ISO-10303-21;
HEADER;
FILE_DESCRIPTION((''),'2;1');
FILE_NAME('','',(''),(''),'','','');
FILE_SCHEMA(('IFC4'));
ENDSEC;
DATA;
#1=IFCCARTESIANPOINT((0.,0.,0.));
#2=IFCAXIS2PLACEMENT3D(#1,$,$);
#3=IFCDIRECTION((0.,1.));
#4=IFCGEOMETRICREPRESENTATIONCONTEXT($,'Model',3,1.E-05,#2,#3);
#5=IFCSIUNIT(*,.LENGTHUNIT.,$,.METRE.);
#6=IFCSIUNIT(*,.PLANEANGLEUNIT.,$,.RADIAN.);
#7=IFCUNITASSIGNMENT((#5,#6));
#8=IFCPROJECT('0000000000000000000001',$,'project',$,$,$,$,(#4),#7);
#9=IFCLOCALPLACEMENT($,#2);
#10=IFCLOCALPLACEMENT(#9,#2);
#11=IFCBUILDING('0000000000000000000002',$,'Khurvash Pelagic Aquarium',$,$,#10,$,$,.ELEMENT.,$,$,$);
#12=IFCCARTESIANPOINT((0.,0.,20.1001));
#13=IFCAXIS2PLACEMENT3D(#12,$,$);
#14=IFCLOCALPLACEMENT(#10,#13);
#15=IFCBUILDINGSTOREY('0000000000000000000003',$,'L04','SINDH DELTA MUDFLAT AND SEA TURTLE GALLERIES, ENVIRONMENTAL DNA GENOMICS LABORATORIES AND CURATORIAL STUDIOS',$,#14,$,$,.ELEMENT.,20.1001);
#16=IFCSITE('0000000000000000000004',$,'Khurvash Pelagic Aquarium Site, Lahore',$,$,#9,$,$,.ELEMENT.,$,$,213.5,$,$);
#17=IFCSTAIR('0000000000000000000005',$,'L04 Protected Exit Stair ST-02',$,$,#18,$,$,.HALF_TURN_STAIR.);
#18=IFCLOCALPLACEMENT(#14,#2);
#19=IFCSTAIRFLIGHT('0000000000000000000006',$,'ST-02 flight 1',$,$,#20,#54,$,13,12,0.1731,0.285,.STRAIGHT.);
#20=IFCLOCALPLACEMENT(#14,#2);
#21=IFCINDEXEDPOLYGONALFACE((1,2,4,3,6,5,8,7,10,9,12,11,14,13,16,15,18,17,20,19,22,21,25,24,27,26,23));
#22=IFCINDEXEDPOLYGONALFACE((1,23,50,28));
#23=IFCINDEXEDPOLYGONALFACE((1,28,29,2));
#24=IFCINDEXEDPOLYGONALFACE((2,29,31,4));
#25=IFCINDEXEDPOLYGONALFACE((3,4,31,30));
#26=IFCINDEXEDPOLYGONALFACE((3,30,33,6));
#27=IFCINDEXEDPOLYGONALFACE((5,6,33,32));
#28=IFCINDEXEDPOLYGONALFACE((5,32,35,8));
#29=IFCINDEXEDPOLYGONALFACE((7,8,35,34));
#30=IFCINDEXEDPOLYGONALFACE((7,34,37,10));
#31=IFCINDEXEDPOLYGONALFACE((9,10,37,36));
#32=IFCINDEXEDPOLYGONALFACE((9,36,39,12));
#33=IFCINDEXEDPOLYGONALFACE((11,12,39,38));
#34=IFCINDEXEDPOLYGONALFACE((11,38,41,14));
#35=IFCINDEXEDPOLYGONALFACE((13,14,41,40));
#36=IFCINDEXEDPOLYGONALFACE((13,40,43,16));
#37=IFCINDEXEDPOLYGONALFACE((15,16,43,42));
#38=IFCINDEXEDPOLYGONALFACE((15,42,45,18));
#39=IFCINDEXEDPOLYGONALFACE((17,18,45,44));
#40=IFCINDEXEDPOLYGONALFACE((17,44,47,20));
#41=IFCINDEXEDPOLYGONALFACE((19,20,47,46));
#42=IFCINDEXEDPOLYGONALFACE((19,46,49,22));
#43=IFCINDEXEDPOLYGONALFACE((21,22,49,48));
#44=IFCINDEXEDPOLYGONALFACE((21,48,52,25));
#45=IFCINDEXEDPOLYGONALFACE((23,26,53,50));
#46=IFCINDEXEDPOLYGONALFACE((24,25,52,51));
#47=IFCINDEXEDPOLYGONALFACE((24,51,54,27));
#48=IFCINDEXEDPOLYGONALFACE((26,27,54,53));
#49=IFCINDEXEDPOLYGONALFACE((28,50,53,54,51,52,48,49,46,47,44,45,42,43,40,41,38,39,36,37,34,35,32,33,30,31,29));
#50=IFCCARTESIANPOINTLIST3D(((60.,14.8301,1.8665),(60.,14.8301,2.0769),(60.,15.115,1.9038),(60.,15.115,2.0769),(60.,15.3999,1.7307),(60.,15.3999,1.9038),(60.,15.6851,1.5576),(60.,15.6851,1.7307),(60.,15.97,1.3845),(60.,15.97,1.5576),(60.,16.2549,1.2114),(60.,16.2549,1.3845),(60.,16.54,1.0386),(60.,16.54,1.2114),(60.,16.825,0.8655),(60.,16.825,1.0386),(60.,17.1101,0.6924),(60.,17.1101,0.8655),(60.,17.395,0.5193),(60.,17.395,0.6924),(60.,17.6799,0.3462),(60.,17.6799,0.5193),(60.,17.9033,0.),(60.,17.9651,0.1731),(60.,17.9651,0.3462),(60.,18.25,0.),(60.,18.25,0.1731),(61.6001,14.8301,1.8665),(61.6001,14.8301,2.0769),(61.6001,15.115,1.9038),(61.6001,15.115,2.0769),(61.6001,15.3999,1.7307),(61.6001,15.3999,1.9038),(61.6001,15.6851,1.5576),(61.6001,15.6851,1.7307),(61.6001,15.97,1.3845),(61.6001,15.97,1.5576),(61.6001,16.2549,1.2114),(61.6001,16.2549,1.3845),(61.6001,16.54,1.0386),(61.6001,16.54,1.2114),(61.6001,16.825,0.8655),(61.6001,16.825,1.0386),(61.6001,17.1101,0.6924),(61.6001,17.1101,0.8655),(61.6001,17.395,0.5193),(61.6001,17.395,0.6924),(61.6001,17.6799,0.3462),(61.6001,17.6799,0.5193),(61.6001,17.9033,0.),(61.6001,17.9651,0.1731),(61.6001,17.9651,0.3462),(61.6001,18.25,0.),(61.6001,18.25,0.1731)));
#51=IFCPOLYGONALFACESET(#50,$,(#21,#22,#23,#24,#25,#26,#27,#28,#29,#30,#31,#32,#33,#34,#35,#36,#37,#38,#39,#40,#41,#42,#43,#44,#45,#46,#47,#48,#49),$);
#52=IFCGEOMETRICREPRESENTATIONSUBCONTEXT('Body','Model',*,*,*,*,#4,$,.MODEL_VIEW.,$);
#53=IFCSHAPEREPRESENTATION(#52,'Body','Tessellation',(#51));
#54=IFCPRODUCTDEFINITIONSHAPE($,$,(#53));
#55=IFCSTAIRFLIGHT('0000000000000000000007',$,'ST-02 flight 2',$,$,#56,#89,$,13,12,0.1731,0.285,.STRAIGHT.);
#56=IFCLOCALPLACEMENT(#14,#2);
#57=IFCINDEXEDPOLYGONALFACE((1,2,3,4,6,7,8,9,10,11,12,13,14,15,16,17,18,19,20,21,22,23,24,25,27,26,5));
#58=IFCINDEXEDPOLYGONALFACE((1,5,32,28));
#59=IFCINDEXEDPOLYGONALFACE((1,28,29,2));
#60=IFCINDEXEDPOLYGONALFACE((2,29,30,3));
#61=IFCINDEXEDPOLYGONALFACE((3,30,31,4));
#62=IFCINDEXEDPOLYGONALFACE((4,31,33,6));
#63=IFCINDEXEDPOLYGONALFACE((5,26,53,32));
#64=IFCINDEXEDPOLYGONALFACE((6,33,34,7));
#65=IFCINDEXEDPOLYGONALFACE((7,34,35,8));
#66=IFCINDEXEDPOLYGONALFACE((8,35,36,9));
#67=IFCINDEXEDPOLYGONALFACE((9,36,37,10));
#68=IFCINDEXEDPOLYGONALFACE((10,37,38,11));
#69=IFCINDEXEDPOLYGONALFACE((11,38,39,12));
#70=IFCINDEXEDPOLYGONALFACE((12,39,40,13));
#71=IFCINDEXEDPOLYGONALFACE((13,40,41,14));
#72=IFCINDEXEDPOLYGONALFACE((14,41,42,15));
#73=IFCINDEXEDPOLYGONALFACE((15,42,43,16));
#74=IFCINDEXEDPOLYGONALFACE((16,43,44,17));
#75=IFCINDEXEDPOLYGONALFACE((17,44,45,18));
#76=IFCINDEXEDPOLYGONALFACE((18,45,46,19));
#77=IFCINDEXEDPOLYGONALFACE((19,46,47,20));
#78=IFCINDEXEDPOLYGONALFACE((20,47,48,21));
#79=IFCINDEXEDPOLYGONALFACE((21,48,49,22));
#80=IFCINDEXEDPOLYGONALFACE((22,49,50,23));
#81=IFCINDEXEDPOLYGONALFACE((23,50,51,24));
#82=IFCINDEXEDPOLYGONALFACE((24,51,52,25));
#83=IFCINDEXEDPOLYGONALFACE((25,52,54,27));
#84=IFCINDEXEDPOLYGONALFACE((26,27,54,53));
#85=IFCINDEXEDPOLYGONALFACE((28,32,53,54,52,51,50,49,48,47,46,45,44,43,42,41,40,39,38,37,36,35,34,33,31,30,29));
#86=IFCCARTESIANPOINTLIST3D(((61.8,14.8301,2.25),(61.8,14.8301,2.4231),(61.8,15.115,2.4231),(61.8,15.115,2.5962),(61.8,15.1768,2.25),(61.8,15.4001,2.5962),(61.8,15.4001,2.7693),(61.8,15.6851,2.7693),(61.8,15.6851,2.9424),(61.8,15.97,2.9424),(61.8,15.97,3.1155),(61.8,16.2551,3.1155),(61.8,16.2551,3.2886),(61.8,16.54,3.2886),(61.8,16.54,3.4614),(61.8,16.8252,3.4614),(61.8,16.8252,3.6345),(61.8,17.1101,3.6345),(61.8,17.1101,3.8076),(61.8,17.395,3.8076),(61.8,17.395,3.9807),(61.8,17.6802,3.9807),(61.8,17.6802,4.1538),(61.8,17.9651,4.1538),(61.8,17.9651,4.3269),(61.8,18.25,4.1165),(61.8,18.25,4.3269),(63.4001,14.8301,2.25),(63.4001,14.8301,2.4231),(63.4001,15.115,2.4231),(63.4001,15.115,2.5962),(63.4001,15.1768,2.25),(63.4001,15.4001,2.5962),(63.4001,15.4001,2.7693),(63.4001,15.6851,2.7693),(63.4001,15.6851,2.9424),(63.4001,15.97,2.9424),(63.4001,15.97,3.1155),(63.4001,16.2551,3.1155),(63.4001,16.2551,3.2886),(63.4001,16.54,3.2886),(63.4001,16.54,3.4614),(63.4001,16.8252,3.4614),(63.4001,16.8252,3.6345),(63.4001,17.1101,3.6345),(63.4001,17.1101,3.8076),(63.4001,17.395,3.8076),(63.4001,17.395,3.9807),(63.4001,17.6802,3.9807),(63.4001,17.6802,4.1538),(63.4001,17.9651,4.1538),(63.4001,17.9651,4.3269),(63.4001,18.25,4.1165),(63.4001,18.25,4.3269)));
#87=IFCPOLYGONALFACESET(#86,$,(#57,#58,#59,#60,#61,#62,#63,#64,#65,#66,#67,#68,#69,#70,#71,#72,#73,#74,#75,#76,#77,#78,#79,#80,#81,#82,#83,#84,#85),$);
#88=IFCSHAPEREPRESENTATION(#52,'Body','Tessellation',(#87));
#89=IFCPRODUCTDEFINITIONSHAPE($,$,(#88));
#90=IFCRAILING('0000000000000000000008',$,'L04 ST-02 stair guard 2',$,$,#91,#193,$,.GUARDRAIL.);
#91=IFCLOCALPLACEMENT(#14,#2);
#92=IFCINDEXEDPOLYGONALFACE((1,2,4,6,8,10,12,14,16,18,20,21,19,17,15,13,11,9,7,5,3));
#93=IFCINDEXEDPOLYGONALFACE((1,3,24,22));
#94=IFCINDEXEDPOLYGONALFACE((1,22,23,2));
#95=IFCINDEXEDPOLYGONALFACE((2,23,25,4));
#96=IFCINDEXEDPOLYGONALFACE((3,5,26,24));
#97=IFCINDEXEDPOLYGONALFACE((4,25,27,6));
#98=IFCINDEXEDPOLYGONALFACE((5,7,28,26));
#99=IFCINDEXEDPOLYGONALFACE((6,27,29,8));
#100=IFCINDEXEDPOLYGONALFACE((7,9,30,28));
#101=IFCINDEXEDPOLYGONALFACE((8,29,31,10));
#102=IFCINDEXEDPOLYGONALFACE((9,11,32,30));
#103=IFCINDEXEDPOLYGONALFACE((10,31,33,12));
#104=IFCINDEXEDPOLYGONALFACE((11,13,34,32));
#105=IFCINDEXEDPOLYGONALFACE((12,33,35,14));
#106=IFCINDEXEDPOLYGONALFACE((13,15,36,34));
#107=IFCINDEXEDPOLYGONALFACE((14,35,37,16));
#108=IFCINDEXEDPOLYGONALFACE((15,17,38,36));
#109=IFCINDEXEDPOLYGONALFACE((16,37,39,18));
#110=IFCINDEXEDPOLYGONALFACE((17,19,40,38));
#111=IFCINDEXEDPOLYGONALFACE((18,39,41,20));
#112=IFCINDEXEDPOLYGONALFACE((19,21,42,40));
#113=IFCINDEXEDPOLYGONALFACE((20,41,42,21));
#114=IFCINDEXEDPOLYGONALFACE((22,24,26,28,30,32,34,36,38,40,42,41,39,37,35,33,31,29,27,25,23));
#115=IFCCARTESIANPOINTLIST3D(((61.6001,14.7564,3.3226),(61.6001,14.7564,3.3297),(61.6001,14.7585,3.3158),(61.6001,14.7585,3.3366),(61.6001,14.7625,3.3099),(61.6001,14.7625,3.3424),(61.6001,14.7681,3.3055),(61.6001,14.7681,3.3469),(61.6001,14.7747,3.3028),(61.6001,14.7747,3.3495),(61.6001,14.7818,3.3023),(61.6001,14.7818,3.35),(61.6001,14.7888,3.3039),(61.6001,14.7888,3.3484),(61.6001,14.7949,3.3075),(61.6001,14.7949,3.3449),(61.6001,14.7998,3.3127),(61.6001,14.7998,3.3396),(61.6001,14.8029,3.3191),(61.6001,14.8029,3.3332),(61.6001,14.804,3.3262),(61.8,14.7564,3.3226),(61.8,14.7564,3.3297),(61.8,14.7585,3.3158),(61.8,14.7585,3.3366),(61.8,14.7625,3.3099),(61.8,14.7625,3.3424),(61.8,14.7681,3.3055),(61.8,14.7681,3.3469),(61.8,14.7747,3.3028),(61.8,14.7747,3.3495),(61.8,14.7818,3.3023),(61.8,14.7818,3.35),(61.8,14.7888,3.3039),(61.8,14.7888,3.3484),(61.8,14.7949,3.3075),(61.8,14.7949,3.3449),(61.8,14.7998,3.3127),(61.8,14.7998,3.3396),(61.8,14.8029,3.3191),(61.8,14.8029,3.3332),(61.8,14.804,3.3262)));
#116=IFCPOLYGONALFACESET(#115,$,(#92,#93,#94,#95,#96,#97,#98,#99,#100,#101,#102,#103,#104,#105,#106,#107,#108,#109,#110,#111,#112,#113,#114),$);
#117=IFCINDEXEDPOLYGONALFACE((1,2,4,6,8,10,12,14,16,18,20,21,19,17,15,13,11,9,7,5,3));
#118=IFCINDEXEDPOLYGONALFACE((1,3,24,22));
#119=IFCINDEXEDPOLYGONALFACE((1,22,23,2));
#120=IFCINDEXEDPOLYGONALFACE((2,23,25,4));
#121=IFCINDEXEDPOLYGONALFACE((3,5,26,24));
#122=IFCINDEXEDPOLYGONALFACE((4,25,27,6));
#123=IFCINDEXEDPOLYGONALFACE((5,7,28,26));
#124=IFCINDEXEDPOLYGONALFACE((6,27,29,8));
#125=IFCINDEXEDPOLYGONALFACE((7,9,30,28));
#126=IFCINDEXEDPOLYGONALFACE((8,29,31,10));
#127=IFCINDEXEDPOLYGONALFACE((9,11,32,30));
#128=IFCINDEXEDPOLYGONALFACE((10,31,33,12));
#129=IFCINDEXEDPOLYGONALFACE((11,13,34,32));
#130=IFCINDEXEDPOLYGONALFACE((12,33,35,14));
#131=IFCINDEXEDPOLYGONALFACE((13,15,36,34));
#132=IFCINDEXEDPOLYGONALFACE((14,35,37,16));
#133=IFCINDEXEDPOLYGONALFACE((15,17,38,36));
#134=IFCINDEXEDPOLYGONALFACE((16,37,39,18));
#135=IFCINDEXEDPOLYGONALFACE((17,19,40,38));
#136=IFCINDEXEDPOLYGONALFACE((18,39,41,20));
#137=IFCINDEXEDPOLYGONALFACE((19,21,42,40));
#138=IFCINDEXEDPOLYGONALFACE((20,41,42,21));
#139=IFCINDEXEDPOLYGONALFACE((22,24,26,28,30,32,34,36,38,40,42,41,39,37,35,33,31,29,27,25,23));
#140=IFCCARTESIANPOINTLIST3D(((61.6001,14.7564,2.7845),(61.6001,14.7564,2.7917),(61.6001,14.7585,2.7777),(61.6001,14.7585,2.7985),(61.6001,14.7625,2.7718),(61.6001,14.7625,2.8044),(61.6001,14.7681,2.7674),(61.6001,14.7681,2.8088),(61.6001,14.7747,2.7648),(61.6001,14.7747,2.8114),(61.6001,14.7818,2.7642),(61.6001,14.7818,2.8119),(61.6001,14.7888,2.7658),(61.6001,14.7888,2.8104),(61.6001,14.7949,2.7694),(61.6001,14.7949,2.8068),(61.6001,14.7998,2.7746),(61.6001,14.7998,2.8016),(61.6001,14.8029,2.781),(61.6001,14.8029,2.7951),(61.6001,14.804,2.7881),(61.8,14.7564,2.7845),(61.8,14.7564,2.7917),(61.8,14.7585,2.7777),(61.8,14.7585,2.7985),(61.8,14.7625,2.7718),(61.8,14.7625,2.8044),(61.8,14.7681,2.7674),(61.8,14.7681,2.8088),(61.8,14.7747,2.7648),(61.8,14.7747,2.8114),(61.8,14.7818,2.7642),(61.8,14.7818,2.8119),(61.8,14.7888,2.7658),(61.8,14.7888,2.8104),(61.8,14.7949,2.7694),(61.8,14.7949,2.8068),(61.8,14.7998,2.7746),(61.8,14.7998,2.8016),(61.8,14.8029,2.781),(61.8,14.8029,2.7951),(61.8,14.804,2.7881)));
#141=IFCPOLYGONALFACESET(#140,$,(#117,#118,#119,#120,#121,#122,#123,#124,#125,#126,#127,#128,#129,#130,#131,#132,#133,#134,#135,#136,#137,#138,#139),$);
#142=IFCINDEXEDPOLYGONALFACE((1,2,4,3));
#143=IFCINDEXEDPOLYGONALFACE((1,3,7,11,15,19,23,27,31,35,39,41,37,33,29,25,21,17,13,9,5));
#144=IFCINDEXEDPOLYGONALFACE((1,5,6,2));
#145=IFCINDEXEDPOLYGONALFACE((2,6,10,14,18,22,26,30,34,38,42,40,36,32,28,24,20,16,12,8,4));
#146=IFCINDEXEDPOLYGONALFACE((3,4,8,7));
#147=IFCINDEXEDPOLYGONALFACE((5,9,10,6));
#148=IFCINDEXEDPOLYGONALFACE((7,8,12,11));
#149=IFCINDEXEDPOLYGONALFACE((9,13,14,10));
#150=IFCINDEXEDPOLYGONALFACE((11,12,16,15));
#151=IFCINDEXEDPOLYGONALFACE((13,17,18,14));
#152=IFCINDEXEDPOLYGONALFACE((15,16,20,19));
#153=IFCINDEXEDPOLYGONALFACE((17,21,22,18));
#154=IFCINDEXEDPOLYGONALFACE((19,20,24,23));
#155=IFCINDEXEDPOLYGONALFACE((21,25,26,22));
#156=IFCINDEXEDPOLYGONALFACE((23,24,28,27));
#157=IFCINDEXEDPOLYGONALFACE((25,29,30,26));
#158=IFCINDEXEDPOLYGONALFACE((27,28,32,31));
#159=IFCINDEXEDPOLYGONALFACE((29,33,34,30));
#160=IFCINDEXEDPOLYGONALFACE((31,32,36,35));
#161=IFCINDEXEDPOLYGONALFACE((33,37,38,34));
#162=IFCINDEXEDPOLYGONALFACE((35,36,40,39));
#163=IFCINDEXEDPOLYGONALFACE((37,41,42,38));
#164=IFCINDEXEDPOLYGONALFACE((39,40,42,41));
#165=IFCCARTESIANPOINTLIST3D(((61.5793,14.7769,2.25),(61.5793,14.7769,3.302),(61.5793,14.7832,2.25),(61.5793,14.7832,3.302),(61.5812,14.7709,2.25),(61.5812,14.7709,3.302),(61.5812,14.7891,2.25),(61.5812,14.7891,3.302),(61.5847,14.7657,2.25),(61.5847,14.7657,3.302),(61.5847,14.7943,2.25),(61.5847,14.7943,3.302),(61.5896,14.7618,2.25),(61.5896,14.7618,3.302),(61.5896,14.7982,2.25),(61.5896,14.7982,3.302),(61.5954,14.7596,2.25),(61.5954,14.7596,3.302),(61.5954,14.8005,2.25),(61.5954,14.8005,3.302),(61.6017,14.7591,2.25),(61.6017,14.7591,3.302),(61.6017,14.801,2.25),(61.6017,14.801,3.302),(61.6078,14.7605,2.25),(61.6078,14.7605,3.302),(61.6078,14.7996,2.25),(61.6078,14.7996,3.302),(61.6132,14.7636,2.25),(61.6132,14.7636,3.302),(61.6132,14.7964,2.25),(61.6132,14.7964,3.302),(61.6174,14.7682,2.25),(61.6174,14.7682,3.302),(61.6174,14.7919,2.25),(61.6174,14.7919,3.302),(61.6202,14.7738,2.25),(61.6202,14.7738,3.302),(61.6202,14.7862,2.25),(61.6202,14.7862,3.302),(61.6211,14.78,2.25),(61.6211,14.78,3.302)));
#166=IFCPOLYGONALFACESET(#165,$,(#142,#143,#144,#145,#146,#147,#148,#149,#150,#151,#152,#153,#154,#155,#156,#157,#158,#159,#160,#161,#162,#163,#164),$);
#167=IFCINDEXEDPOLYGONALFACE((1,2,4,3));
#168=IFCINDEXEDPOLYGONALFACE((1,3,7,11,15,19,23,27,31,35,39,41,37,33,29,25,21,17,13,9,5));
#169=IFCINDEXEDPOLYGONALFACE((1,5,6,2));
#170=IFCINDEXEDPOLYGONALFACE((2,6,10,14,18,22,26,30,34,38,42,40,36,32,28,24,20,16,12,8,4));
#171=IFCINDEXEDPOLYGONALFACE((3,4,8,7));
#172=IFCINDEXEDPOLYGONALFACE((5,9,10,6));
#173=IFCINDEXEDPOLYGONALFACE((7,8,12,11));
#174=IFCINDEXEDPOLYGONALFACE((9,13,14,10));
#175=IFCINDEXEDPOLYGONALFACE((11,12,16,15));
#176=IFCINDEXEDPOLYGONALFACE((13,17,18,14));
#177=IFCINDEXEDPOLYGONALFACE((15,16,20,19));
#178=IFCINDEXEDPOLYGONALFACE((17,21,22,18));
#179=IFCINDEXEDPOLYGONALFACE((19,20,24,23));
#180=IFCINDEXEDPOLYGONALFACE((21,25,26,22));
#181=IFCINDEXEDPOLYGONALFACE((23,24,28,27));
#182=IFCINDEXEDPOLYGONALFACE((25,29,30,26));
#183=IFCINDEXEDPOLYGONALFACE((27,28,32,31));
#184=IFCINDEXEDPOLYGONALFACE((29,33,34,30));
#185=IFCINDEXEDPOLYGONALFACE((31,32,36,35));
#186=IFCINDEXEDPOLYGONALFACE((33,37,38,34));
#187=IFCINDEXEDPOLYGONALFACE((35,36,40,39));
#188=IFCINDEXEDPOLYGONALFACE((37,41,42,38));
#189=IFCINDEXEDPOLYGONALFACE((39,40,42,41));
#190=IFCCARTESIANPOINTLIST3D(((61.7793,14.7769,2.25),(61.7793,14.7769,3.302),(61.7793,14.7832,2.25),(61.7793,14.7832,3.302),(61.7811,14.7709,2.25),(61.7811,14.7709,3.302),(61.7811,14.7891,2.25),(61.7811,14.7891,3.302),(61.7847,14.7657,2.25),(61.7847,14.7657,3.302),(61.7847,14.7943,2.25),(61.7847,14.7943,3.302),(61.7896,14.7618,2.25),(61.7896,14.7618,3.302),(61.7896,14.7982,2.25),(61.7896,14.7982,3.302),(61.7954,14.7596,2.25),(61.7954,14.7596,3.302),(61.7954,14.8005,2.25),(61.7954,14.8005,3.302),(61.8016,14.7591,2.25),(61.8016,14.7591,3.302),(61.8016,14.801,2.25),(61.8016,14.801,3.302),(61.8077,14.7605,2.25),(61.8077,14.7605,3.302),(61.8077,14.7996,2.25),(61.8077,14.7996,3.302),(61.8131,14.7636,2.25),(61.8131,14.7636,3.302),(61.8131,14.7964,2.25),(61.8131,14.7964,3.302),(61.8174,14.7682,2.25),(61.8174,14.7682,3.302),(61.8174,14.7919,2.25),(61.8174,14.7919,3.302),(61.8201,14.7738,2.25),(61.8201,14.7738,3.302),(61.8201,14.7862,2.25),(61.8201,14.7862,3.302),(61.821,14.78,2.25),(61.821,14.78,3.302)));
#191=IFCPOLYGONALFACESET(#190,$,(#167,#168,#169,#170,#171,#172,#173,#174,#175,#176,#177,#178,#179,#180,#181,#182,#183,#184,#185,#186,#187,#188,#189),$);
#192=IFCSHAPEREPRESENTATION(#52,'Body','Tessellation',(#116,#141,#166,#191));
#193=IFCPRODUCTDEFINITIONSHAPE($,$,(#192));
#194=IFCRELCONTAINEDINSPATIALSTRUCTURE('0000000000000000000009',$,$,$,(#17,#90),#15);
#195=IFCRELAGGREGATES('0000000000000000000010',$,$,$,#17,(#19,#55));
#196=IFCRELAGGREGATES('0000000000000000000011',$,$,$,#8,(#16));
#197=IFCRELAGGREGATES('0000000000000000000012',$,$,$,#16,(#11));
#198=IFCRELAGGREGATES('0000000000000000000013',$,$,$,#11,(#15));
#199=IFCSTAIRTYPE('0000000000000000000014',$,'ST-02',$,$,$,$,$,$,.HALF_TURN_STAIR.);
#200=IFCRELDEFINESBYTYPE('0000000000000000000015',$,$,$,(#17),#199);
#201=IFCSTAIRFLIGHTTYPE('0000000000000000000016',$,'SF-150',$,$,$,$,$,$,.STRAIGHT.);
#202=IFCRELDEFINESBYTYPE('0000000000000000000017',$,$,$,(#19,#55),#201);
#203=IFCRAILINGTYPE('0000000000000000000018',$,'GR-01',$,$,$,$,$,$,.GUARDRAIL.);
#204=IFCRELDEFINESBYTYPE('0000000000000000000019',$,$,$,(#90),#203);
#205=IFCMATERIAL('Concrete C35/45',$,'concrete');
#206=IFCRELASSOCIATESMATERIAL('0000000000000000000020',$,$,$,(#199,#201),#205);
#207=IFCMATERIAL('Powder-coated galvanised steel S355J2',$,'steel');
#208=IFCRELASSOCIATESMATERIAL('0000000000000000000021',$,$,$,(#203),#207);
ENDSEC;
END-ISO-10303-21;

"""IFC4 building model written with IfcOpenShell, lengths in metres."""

from ifc_helpers import new_model, si_unit, direction, frame, origin, origin_2d, place, context, subcontext, project, spatial, polyline, circle, outline, extrude, material, type_object, element, aggregate, save


model = new_model("IFC4")

# Units and contexts
model_context = context("Model", 3, precision=1e-05, world=origin(), true_north=direction((0.0, 1.0)))
body_context = subcontext(model_context, "Body", "Model", "MODEL_VIEW")
ifc_project = project(units=[si_unit("LENGTHUNIT", "METRE"), si_unit("PLANEANGLEUNIT", "RADIAN")], contexts=[model_context])

# Site, building, storey
site_placement = place(None, origin())
site = spatial("IfcSite", under=ifc_project, at=site_placement, Name="Khurvash Pelagic Aquarium Site, Lahore", CompositionType="ELEMENT", RefElevation=213.5)
building_placement = place(site_placement, origin())
building = spatial("IfcBuilding", under=site, at=building_placement, Name="Khurvash Pelagic Aquarium", CompositionType="ELEMENT")
storey_placement = place(building_placement, frame((0.0, 0.0, 20.1001)))
storey = spatial("IfcBuildingStorey", under=building, at=storey_placement, Name="L04", Description="SINDH DELTA MUDFLAT AND SEA TURTLE GALLERIES, ENVIRONMENTAL DNA GENOMICS LABORATORIES AND CURATORIAL STUDIOS", CompositionType="ELEMENT", Elevation=20.1001)

# Shared definitions
ifc_material_1 = material(Name="Concrete C35/45", Category="concrete")

# Stair, stair flights
stair_type = type_object("IfcStairType", Name="ST-02", PredefinedType="HALF_TURN_STAIR", material=ifc_material_1)
stair_placement = place(storey_placement, origin())
stair = element("IfcStair", 1, at=stair_placement, inside=storey, type_object=stair_type, Name="L04 Protected Exit Stair ST-02", PredefinedType="HALF_TURN_STAIR")
stair_flight_type = type_object("IfcStairFlightType", Name="SF-150", PredefinedType="STRAIGHT", material=ifc_material_1)
stair_flight_1_placement = place(storey_placement, frame((60.8, 18.25, 0.0), z_axis=(0.0, 0.0, 1.0), x_axis=(0.0, -1.0, 0.0)))
stair_flight_1 = element("IfcStairFlight", 2, at=stair_flight_1_placement, type_object=stair_flight_type, Name="ST-02 flight 1", NumberOfRisers=13, NumberOfTreads=12, PredefinedType="STRAIGHT", RiserHeight=0.1731, TreadLength=0.285, context=body_context, shape_type="SweptSolid", body=[
    extrude(outline(polyline([(0.0, 0.0), (0.0, 0.1731), (0.2849, 0.1731), (0.2849, 0.3462), (0.5701, 0.3462), (0.5701, 0.5193), (0.855, 0.5193), (0.855, 0.6924), (1.1399, 0.6924), (1.1399, 0.8655), (1.425, 0.8655), (1.425, 1.0386), (1.71, 1.0386), (1.71, 1.2114), (1.9951, 1.2114), (1.9951, 1.3845), (2.28, 1.3845), (2.28, 1.5576), (2.5649, 1.5576), (2.5649, 1.7307), (2.8501, 1.7307), (2.8501, 1.9038), (3.135, 1.9038), (3.135, 2.0769), (3.4199, 2.0769), (3.4199, 2.25), (3.4199, 1.8665), (0.3467, 0.0), (0.0, 0.0)])), frame((0.0, 0.8, 0.0), z_axis=(0.0, -1.0, 0.0), x_axis=(1.0, 0.0, 0.0)), (0.0, 0.0, 1.0), 1.6001),
])
stair_flight_2_placement = place(storey_placement, frame((62.6001, 14.8301, 2.25), z_axis=(0.0, 0.0, 1.0), x_axis=(0.0, 1.0, 0.0)))
stair_flight_2 = element("IfcStairFlight", 3, at=stair_flight_2_placement, type_object=stair_flight_type, Name="ST-02 flight 2", NumberOfRisers=13, NumberOfTreads=12, PredefinedType="STRAIGHT", RiserHeight=0.1731, TreadLength=0.285, context=body_context, shape_type="SweptSolid", body=[
    extrude(outline(polyline([(0.0, 0.0), (0.0, 0.1731), (0.2849, 0.1731), (0.2849, 0.3462), (0.5701, 0.3462), (0.5701, 0.5193), (0.855, 0.5193), (0.855, 0.6924), (1.1399, 0.6924), (1.1399, 0.8655), (1.425, 0.8655), (1.425, 1.0386), (1.71, 1.0386), (1.71, 1.2114), (1.9951, 1.2114), (1.9951, 1.3845), (2.28, 1.3845), (2.28, 1.5576), (2.5649, 1.5576), (2.5649, 1.7307), (2.8501, 1.7307), (2.8501, 1.9038), (3.135, 1.9038), (3.135, 2.0769), (3.4199, 2.0769), (3.4199, 2.25), (3.4199, 1.8665), (0.3467, 0.0), (0.0, 0.0)])), frame((0.0, 0.8, 0.0), z_axis=(0.0, -1.0, 0.0), x_axis=(1.0, 0.0, 0.0)), (0.0, 0.0, 1.0), 1.6001),
])
aggregate(stair, [stair_flight_1, stair_flight_2])

# Railing
ifc_material_2 = material(Name="Powder-coated galvanised steel S355J2", Category="steel")
railing_type_1 = type_object("IfcRailingType", Name="GR-01", PredefinedType="GUARDRAIL", material=ifc_material_2)
railing_1_placement = place(storey_placement, frame((61.6001, 14.78, 2.25)))
element("IfcRailing", 4, at=railing_1_placement, inside=storey, type_object=railing_type_1, Name="L04 ST-02 stair guard 2", PredefinedType="GUARDRAIL", context=body_context, shape_type="SweptSolid", body=[
    extrude(circle(Radius=0.0239, at=origin_2d()), frame((0.0, 0.0, 1.0762), z_axis=(1.0, 0.0, 0.0), x_axis=(0.0, 1.0, 0.0)), (0.0, 0.0, 1.0), 0.2),
    extrude(circle(Radius=0.0239, at=origin_2d()), frame((0.0, 0.0, 0.5381), z_axis=(1.0, 0.0, 0.0), x_axis=(0.0, 1.0, 0.0)), (0.0, 0.0, 1.0), 0.2),
    extrude(circle(Radius=0.021, at=origin_2d()), origin(), (0.0, 0.0, 1.0), 1.052),
    extrude(circle(Radius=0.021, at=origin_2d()), frame((0.2, 0.0, 0.0)), (0.0, 0.0, 1.0), 1.052),
])

save(model, "model.ifc")
